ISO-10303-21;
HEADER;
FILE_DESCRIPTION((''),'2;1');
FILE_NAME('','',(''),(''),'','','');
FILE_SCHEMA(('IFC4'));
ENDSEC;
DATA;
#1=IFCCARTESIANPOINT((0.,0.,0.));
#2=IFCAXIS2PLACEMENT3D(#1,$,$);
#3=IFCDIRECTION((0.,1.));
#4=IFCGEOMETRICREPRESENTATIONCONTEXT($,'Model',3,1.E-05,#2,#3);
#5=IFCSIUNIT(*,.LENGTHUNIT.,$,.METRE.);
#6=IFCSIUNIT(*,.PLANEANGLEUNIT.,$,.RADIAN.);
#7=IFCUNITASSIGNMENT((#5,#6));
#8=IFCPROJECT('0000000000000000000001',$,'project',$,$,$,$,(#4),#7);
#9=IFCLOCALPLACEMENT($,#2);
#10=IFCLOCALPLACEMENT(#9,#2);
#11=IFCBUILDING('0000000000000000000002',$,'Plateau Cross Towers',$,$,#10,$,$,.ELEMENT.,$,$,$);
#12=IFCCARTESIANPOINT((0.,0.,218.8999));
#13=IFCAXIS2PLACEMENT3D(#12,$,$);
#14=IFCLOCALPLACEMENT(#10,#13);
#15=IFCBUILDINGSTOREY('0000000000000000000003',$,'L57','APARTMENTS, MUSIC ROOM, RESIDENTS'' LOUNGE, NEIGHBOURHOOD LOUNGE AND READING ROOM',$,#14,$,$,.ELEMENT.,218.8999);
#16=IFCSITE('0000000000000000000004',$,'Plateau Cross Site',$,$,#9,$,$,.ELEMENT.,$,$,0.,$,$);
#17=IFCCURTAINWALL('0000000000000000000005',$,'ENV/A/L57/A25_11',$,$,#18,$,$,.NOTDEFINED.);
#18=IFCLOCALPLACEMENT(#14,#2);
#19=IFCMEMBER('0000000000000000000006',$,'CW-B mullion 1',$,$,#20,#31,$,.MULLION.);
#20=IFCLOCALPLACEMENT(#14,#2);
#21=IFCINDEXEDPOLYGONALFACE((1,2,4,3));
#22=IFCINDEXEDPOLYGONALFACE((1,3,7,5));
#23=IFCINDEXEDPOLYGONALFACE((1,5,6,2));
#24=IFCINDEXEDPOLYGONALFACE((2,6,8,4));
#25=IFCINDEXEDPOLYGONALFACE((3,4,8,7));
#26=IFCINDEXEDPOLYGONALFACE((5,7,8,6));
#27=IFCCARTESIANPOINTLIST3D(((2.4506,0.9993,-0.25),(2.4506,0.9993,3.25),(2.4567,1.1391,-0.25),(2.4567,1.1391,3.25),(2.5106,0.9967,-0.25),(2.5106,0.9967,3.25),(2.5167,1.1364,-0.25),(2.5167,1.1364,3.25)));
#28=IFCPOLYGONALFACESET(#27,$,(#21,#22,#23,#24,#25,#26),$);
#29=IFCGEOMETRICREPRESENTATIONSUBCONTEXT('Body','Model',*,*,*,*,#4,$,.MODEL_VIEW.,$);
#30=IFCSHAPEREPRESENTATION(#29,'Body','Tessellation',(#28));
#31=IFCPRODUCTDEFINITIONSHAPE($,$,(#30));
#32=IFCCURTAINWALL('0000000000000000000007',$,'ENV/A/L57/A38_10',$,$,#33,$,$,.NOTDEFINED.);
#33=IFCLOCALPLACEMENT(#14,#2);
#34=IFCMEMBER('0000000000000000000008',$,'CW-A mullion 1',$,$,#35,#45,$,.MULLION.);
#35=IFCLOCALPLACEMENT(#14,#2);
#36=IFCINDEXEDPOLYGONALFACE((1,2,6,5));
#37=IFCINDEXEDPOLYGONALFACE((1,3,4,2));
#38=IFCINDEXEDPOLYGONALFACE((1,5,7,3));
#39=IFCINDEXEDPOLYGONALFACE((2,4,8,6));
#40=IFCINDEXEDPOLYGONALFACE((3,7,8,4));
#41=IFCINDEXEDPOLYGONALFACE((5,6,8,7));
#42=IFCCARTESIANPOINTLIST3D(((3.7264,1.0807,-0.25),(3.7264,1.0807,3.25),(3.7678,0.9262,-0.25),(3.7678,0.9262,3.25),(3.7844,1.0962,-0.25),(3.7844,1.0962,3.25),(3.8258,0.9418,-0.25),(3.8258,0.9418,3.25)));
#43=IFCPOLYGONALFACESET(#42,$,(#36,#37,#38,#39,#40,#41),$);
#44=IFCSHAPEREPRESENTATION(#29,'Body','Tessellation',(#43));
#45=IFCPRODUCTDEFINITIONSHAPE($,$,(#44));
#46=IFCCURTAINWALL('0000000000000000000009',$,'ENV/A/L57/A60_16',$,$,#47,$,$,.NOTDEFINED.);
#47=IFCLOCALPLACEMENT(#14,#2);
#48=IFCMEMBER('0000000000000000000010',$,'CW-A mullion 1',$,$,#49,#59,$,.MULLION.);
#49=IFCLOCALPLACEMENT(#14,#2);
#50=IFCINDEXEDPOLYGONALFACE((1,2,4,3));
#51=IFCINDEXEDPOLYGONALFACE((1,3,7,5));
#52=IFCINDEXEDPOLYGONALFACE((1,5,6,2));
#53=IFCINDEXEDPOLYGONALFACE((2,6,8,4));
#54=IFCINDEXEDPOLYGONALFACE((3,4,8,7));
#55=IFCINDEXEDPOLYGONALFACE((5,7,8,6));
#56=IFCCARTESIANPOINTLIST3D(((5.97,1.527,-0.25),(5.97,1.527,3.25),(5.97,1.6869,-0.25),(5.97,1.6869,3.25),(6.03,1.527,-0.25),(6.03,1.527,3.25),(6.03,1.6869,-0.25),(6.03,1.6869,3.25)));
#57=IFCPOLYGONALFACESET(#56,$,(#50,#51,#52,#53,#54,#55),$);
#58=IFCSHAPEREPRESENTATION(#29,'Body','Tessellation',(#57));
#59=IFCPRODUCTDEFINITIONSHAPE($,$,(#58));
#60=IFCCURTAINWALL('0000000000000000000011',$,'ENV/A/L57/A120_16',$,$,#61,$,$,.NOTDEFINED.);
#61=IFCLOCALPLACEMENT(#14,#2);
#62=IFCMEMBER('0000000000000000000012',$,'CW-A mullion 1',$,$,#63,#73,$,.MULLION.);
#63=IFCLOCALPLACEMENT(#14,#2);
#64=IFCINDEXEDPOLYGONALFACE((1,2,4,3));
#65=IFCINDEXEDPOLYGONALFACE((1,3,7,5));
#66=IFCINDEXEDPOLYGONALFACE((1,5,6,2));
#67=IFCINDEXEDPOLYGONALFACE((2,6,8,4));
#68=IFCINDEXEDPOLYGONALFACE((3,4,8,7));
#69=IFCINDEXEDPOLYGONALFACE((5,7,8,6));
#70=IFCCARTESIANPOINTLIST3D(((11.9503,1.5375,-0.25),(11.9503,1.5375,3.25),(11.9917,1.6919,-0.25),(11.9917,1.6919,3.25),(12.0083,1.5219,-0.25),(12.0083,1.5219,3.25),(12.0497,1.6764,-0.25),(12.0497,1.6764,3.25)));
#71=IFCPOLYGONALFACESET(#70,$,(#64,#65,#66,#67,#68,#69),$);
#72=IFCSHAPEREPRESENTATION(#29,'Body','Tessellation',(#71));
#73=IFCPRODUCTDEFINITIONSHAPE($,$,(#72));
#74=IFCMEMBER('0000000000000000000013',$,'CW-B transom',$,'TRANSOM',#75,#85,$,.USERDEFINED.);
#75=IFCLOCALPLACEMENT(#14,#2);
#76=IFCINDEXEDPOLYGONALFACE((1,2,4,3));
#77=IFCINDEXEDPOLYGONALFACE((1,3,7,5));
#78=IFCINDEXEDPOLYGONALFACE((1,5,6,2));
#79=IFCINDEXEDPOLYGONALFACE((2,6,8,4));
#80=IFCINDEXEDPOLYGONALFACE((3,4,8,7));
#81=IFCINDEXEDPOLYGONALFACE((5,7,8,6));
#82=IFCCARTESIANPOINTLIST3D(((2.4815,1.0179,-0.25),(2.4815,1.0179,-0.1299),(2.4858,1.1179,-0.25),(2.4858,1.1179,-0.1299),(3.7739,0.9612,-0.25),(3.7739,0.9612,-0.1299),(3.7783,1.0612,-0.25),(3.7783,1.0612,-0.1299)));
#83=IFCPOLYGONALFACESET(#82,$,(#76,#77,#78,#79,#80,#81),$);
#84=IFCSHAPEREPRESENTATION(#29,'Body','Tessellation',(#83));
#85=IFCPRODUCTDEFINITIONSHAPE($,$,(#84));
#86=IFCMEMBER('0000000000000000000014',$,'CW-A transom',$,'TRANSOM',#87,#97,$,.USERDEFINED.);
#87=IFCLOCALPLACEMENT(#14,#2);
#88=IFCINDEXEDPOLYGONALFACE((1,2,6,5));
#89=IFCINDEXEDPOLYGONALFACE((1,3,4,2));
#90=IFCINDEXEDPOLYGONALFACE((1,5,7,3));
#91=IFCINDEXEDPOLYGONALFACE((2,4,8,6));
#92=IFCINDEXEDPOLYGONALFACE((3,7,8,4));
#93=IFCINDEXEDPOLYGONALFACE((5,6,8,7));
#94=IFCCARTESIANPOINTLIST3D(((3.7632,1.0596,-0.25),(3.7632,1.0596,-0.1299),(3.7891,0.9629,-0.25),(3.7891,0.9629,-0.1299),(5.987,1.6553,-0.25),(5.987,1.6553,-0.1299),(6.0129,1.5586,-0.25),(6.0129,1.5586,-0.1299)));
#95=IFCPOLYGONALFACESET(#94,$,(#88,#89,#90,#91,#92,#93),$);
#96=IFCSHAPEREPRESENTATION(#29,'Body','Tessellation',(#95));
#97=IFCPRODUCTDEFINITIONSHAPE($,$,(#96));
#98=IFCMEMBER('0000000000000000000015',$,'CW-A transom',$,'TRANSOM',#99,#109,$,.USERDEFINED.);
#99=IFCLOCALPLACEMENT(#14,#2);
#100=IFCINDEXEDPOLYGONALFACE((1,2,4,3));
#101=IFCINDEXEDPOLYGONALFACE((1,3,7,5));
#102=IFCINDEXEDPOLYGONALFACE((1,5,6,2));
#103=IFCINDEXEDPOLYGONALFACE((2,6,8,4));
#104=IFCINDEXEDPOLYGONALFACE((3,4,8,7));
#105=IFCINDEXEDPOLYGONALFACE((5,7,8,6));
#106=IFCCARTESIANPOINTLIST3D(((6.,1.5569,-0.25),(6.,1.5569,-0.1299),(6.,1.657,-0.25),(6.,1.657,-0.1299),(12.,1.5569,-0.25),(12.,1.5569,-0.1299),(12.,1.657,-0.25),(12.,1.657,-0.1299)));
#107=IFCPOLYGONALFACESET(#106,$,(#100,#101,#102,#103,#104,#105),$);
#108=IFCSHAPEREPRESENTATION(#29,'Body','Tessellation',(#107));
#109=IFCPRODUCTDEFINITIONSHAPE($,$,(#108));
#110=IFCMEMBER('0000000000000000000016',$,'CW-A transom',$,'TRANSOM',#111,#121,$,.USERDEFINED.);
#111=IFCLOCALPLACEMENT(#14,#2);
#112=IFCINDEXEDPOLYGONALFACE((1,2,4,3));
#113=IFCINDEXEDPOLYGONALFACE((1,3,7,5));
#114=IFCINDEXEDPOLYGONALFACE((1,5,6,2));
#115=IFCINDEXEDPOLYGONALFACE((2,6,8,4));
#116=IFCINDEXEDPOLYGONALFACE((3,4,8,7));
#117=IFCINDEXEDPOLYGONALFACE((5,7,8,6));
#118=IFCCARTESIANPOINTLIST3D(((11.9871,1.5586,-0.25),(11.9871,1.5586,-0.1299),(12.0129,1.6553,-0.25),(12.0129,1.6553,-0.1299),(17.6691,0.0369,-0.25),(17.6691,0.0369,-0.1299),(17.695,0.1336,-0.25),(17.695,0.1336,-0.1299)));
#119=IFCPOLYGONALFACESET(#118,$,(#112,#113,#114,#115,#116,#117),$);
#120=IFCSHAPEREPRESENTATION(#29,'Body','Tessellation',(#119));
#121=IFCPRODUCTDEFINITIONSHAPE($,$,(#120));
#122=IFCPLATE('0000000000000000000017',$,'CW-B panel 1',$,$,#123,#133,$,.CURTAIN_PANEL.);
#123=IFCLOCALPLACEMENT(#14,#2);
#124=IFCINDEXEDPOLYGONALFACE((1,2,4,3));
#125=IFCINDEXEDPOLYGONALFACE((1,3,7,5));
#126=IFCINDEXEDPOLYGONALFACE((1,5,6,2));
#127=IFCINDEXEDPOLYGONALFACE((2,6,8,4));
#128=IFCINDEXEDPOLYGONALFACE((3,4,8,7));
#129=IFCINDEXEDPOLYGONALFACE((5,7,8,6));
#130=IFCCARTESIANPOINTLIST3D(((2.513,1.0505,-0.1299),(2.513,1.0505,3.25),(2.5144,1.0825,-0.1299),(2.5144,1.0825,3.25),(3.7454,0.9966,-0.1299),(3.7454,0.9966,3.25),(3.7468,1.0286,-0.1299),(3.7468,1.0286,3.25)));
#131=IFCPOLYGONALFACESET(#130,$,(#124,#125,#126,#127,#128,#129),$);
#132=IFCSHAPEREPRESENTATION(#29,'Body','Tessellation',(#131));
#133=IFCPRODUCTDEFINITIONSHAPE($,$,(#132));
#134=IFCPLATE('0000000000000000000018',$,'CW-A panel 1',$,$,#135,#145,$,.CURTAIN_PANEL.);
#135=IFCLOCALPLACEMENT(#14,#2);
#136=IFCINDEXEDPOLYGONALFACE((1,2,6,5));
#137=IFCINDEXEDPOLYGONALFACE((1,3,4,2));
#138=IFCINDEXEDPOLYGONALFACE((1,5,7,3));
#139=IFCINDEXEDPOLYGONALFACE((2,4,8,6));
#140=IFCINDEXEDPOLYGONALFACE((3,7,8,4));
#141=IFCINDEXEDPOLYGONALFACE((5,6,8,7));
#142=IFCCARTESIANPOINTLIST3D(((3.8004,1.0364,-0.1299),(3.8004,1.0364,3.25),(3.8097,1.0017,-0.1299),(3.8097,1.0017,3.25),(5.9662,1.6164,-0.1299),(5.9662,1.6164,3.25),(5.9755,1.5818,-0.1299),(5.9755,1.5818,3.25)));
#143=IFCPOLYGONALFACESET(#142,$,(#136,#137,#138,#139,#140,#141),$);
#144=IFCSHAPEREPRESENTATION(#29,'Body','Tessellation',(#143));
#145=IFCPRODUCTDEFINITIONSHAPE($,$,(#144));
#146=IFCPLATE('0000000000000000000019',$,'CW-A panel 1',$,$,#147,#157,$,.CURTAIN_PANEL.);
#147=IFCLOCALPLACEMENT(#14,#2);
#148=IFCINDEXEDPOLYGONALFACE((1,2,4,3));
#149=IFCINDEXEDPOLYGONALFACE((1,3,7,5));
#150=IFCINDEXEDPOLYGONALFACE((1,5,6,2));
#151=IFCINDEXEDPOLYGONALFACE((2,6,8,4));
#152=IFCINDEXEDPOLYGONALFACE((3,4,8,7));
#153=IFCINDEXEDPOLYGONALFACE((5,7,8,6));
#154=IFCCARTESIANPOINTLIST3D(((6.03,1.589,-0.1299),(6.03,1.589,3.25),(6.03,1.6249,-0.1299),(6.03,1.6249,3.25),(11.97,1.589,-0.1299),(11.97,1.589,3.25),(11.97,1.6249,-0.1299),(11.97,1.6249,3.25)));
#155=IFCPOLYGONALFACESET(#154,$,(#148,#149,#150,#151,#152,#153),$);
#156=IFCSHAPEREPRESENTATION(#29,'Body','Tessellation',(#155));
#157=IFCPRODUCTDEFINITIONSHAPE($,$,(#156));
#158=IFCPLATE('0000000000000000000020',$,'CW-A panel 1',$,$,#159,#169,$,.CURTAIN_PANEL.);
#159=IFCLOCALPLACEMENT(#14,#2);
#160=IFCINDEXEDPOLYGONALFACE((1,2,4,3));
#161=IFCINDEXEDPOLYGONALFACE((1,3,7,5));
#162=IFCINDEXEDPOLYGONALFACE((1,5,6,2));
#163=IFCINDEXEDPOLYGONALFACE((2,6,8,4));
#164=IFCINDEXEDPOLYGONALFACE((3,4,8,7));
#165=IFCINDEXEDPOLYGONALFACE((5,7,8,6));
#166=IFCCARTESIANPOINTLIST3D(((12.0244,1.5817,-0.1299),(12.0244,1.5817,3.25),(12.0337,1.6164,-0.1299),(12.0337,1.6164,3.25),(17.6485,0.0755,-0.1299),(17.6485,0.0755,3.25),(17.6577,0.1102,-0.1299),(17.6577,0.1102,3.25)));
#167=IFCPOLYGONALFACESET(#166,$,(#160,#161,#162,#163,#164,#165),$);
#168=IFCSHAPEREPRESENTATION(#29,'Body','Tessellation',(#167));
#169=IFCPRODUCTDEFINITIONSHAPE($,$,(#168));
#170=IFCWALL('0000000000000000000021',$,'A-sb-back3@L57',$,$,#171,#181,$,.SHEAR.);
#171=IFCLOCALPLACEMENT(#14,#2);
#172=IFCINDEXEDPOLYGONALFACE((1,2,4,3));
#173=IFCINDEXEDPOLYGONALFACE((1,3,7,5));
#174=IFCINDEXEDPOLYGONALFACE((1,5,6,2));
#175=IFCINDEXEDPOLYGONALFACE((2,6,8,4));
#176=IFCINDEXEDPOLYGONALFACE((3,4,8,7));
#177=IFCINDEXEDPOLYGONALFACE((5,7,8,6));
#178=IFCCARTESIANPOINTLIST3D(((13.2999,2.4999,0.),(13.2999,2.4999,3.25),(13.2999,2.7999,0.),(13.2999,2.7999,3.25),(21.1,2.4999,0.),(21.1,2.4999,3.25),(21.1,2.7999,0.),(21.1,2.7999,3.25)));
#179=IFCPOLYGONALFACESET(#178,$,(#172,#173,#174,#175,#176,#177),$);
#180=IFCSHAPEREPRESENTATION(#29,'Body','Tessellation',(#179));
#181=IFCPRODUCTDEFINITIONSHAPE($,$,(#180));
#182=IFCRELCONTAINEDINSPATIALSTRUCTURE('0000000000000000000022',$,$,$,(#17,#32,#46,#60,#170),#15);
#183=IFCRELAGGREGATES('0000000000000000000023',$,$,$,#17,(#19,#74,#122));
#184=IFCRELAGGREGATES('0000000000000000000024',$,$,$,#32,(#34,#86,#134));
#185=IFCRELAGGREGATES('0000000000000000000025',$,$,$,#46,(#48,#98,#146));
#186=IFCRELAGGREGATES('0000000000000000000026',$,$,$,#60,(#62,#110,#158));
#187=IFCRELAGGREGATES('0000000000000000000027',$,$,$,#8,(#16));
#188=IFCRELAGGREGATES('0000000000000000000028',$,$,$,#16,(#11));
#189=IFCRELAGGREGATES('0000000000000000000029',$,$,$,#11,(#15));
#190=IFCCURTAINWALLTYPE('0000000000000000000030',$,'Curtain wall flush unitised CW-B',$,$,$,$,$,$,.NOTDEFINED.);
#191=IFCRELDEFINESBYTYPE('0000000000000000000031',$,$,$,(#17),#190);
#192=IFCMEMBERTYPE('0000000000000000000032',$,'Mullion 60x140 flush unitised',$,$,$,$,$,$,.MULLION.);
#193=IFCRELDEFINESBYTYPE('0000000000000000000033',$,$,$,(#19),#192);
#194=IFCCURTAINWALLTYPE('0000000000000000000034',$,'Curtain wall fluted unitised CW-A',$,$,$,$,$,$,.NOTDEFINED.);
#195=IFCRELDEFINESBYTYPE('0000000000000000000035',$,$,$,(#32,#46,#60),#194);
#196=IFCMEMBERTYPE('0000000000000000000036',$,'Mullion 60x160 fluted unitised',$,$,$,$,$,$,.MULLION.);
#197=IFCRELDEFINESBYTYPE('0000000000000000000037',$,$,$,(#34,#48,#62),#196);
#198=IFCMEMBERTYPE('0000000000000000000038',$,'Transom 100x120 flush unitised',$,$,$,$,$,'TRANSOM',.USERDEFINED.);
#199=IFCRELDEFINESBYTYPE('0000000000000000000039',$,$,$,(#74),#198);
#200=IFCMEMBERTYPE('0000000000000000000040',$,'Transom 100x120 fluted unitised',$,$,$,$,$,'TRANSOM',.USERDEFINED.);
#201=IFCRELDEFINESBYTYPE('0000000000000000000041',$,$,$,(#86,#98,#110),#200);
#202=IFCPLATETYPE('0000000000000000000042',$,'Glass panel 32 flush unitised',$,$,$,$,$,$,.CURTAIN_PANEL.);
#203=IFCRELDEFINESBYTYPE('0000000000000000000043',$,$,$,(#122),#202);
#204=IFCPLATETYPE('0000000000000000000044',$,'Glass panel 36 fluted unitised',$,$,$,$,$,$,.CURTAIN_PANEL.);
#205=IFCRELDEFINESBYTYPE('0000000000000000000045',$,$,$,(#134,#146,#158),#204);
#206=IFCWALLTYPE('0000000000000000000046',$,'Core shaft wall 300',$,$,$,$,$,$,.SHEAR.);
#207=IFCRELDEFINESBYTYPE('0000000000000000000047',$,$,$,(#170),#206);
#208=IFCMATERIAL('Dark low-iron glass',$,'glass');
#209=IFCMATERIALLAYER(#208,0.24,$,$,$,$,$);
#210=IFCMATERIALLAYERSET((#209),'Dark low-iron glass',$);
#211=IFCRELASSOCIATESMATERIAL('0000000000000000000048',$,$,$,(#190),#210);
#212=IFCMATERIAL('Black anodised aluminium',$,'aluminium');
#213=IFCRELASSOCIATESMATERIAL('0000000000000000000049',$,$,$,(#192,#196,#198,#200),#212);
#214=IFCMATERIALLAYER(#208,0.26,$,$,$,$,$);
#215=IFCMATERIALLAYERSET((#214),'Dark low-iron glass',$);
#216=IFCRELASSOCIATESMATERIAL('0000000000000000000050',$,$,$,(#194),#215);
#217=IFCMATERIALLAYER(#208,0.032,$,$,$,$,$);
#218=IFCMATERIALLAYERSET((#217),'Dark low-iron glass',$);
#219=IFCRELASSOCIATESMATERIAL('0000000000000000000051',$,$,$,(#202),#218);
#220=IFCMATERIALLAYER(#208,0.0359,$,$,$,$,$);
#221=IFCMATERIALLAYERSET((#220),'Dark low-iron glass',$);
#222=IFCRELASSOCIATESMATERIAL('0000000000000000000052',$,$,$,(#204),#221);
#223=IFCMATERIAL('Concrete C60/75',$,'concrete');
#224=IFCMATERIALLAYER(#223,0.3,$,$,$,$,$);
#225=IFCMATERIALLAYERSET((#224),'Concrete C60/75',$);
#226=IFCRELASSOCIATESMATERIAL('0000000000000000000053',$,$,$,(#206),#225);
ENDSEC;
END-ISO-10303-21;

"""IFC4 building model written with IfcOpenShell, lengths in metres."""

from ifc_helpers import new_model, si_unit, direction, frame, frame_2d, origin, origin_2d, place, context, subcontext, project, spatial, rectangle, extrude, material, layer, layer_set, material_profile, profile_set, type_object, element, aggregate, save


model = new_model("IFC4")

# Units and contexts
model_context = context("Model", 3, precision=1e-05, world=origin(), true_north=direction((0.0, 1.0)))
body_context = subcontext(model_context, "Body", "Model", "MODEL_VIEW")
ifc_project = project(units=[si_unit("LENGTHUNIT", "METRE"), si_unit("PLANEANGLEUNIT", "RADIAN")], contexts=[model_context])

# Site, building, storey
site_placement = place(None, origin())
site = spatial("IfcSite", under=ifc_project, at=site_placement, Name="Plateau Cross Site", CompositionType="ELEMENT", RefElevation=0.0)
building_placement = place(site_placement, origin())
building = spatial("IfcBuilding", under=site, at=building_placement, Name="Plateau Cross Towers", CompositionType="ELEMENT")
storey_placement = place(building_placement, frame((0.0, 0.0, 218.8999)))
storey = spatial("IfcBuildingStorey", under=building, at=storey_placement, Name="L57", Description="APARTMENTS, MUSIC ROOM, RESIDENTS' LOUNGE, NEIGHBOURHOOD LOUNGE AND READING ROOM", CompositionType="ELEMENT", Elevation=218.8999)

# Curtain walls, members
ifc_material_1 = material(Name="Dark low-iron glass", Category="glass")
ifc_layer_1 = layer(ifc_material_1, 0.24)
ifc_layer_set_1 = layer_set([ifc_layer_1], Name="Dark low-iron glass")
curtain_wall_type_1 = type_object("IfcCurtainWallType", Name="Curtain wall flush unitised CW-B", PredefinedType="NOTDEFINED", material=ifc_layer_set_1)
curtain_wall_1_placement = place(storey_placement, origin())
curtain_wall_1 = element("IfcCurtainWall", 1, at=curtain_wall_1_placement, inside=storey, type_object=curtain_wall_type_1, Name="ENV/A/L57/A25_11", PredefinedType="NOTDEFINED")
ifc_material_2 = material(Name="Black anodised aluminium", Category="aluminium")
ifc_material_profile_1 = material_profile(ifc_material_2, rectangle(XDim=0.0601, YDim=0.1399, at=origin_2d()), Name="MULLION 60x140")
ifc_profile_set_1 = profile_set([ifc_material_profile_1], Name="Black anodised aluminium")
member_type_1 = type_object("IfcMemberType", Name="Mullion 60x140 flush unitised", PredefinedType="MULLION", material=ifc_profile_set_1)
member_1_placement = place(storey_placement, frame((2.4836, 1.0679, -0.25), z_axis=(0.0, 0.0, 1.0), x_axis=(0.999044, -0.043723, 0.0)))
member_1 = element("IfcMember", 2, at=member_1_placement, type_object=member_type_1, Name="CW-B mullion 1", PredefinedType="MULLION", context=body_context, shape_type="SweptSolid", body=[
    extrude(rectangle(XDim=0.0601, YDim=0.1399, at=origin_2d()), origin(), (0.0, 0.0, 1.0), 3.5),
])
ifc_layer_2 = layer(ifc_material_1, 0.26)
ifc_layer_set_2 = layer_set([ifc_layer_2], Name="Dark low-iron glass")
curtain_wall_type_2 = type_object("IfcCurtainWallType", Name="Curtain wall fluted unitised CW-A", PredefinedType="NOTDEFINED", material=ifc_layer_set_2)
curtain_wall_2_placement = place(storey_placement, origin())
curtain_wall_2 = element("IfcCurtainWall", 3, at=curtain_wall_2_placement, inside=storey, type_object=curtain_wall_type_2, Name="ENV/A/L57/A38_10", PredefinedType="NOTDEFINED")
ifc_material_profile_2 = material_profile(ifc_material_2, rectangle(XDim=0.0601, YDim=0.1599, at=origin_2d()), Name="MULLION 60x160")
ifc_profile_set_2 = profile_set([ifc_material_profile_2], Name="Black anodised aluminium")
member_type_2 = type_object("IfcMemberType", Name="Mullion 60x160 fluted unitised", PredefinedType="MULLION", material=ifc_profile_set_2)
member_2_placement = place(storey_placement, frame((3.7761, 1.0112, -0.25), z_axis=(0.0, 0.0, 1.0), x_axis=(0.965958, 0.258699, 0.0)))
member_2 = element("IfcMember", 4, at=member_2_placement, type_object=member_type_2, Name="CW-A mullion 1", PredefinedType="MULLION", context=body_context, shape_type="SweptSolid", body=[
    extrude(rectangle(XDim=0.0601, YDim=0.1599, at=origin_2d()), origin(), (0.0, 0.0, 1.0), 3.5),
])
curtain_wall_3_placement = place(storey_placement, origin())
curtain_wall_3 = element("IfcCurtainWall", 5, at=curtain_wall_3_placement, inside=storey, type_object=curtain_wall_type_2, Name="ENV/A/L57/A60_16", PredefinedType="NOTDEFINED")
member_3_placement = place(storey_placement, frame((6.0, 1.6069, -0.25), z_axis=(0.0, 0.0, 1.0), x_axis=(1.0, 0.0, 0.0)))
member_3 = element("IfcMember", 6, at=member_3_placement, type_object=member_type_2, Name="CW-A mullion 1", PredefinedType="MULLION", context=body_context, shape_type="SweptSolid", body=[
    extrude(rectangle(XDim=0.0601, YDim=0.1599, at=origin_2d()), origin(), (0.0, 0.0, 1.0), 3.5),
])
curtain_wall_4_placement = place(storey_placement, origin())
curtain_wall_4 = element("IfcCurtainWall", 7, at=curtain_wall_4_placement, inside=storey, type_object=curtain_wall_type_2, Name="ENV/A/L57/A120_16", PredefinedType="NOTDEFINED")
member_4_placement = place(storey_placement, frame((12.0, 1.6069, -0.25), z_axis=(0.0, 0.0, 1.0), x_axis=(0.965958, -0.258699, 0.0)))
member_4 = element("IfcMember", 8, at=member_4_placement, type_object=member_type_2, Name="CW-A mullion 1", PredefinedType="MULLION", context=body_context, shape_type="SweptSolid", body=[
    extrude(rectangle(XDim=0.0601, YDim=0.1599, at=origin_2d()), origin(), (0.0, 0.0, 1.0), 3.5),
])

# Members
ifc_material_profile_3 = material_profile(ifc_material_2, rectangle(XDim=0.1001, YDim=0.1201, at=origin_2d()), Name="TRANSOM 100x120")
ifc_profile_set_3 = profile_set([ifc_material_profile_3], Name="Black anodised aluminium")
member_type_3 = type_object("IfcMemberType", Name="Transom 100x120 flush unitised", ElementType="TRANSOM", PredefinedType="USERDEFINED", material=ifc_profile_set_3)
member_5_placement = place(storey_placement, frame((2.4836, 1.0679, -0.1899), z_axis=(0.999041, -0.043781, 0.0), x_axis=(0.043781, 0.999041, 0.0)))
member_5 = element("IfcMember", 9, at=member_5_placement, type_object=member_type_3, Name="CW-B transom", ObjectType="TRANSOM", PredefinedType="USERDEFINED", context=body_context, shape_type="SweptSolid", body=[
    extrude(rectangle(XDim=0.1001, YDim=0.1201, at=origin_2d()), origin(), (0.0, 0.0, 1.0), 1.2937),
])
ifc_material_profile_4 = material_profile(ifc_material_2, rectangle(XDim=0.1001, YDim=0.1201, at=origin_2d()), Name="TRANSOM 100x120")
ifc_profile_set_4 = profile_set([ifc_material_profile_4], Name="Black anodised aluminium")
member_type_4 = type_object("IfcMemberType", Name="Transom 100x120 fluted unitised", ElementType="TRANSOM", PredefinedType="USERDEFINED", material=ifc_profile_set_4)
member_6_placement = place(storey_placement, frame((3.7761, 1.0112, -0.1899), z_axis=(0.965946, 0.258745, 0.0), x_axis=(-0.258745, 0.965946, 0.0)))
member_6 = element("IfcMember", 10, at=member_6_placement, type_object=member_type_4, Name="CW-A transom", ObjectType="TRANSOM", PredefinedType="USERDEFINED", context=body_context, shape_type="SweptSolid", body=[
    extrude(rectangle(XDim=0.1001, YDim=0.1201, at=origin_2d()), origin(), (0.0, 0.0, 1.0), 2.3022),
])
member_7_placement = place(storey_placement, frame((6.0, 1.6069, -0.1899), z_axis=(1.0, 0.0, 0.0), x_axis=(0.0, 1.0, 0.0)))
member_7 = element("IfcMember", 11, at=member_7_placement, type_object=member_type_4, Name="CW-A transom", ObjectType="TRANSOM", PredefinedType="USERDEFINED", context=body_context, shape_type="SweptSolid", body=[
    extrude(rectangle(XDim=0.1001, YDim=0.1201, at=origin_2d()), origin(), (0.0, 0.0, 1.0), 6.0),
])
member_8_placement = place(storey_placement, frame((12.0, 1.6069, -0.1899), z_axis=(0.96596, -0.258693, 0.0), x_axis=(0.258693, 0.96596, 0.0)))
member_8 = element("IfcMember", 12, at=member_8_placement, type_object=member_type_4, Name="CW-A transom", ObjectType="TRANSOM", PredefinedType="USERDEFINED", context=body_context, shape_type="SweptSolid", body=[
    extrude(rectangle(XDim=0.1001, YDim=0.1201, at=origin_2d()), origin(), (0.0, 0.0, 1.0), 5.8823),
])

# Plates
ifc_layer_3 = layer(ifc_material_1, 0.032)
ifc_layer_set_3 = layer_set([ifc_layer_3], Name="Dark low-iron glass")
plate_type_1 = type_object("IfcPlateType", Name="Glass panel 32 flush unitised", PredefinedType="CURTAIN_PANEL", material=ifc_layer_set_3)
plate_1_placement = place(storey_placement, frame((3.1299, 1.0396, -0.1299), z_axis=(0.0, 0.0, 1.0), x_axis=(0.999044, -0.043723, 0.0)))
plate_1 = element("IfcPlate", 13, at=plate_1_placement, type_object=plate_type_1, Name="CW-B panel 1", PredefinedType="CURTAIN_PANEL", context=body_context, shape_type="SweptSolid", body=[
    extrude(rectangle(XDim=1.2336, YDim=0.032, at=origin_2d()), origin(), (0.0, 0.0, 1.0), 3.3799),
])
aggregate(curtain_wall_1, [member_1, member_5, plate_1])
ifc_layer_4 = layer(ifc_material_1, 0.0359)
ifc_layer_set_4 = layer_set([ifc_layer_4], Name="Dark low-iron glass")
plate_type_2 = type_object("IfcPlateType", Name="Glass panel 36 fluted unitised", PredefinedType="CURTAIN_PANEL", material=ifc_layer_set_4)
plate_2_placement = place(storey_placement, frame((4.8879, 1.3091, -0.1299), z_axis=(0.0, 0.0, 1.0), x_axis=(0.965958, 0.258699, 0.0)))
plate_2 = element("IfcPlate", 14, at=plate_2_placement, type_object=plate_type_2, Name="CW-A panel 1", PredefinedType="CURTAIN_PANEL", context=body_context, shape_type="SweptSolid", body=[
    extrude(rectangle(XDim=2.2422, YDim=0.0359, at=origin_2d()), origin(), (0.0, 0.0, 1.0), 3.3799),
])
aggregate(curtain_wall_2, [member_2, member_6, plate_2])
plate_3_placement = place(storey_placement, frame((9.0, 1.6069, -0.1299), z_axis=(0.0, 0.0, 1.0), x_axis=(1.0, 0.0, 0.0)))
plate_3 = element("IfcPlate", 15, at=plate_3_placement, type_object=plate_type_2, Name="CW-A panel 1", PredefinedType="CURTAIN_PANEL", context=body_context, shape_type="SweptSolid", body=[
    extrude(rectangle(XDim=5.9399, YDim=0.0359, at=origin_2d()), origin(), (0.0, 0.0, 1.0), 3.3799),
])
aggregate(curtain_wall_3, [member_3, member_7, plate_3])
plate_4_placement = place(storey_placement, frame((14.8411, 0.8459, -0.1299), z_axis=(0.0, 0.0, 1.0), x_axis=(0.965958, -0.258699, 0.0)))
plate_4 = element("IfcPlate", 16, at=plate_4_placement, type_object=plate_type_2, Name="CW-A panel 1", PredefinedType="CURTAIN_PANEL", context=body_context, shape_type="SweptSolid", body=[
    extrude(rectangle(XDim=5.8223, YDim=0.0359, at=origin_2d()), origin(), (0.0, 0.0, 1.0), 3.3799),
])
aggregate(curtain_wall_4, [member_4, member_8, plate_4])

# Wall
ifc_material_3 = material(Name="Concrete C60/75", Category="concrete")
ifc_layer_5 = layer(ifc_material_3, 0.3)
ifc_layer_set_5 = layer_set([ifc_layer_5], Name="Concrete C60/75")
wall_type_1 = type_object("IfcWallType", Name="Core shaft wall 300", PredefinedType="SHEAR", material=ifc_layer_set_5)
wall_1_placement = place(storey_placement, frame((13.3, 2.6499, 0.0), z_axis=(0.0, 0.0, 1.0), x_axis=(1.0, 0.0, 0.0)))
element("IfcWall", 17, at=wall_1_placement, inside=storey, type_object=wall_type_1, Name="A-sb-back3@L57", PredefinedType="SHEAR", context=body_context, shape_type="SweptSolid", body=[
    extrude(rectangle(XDim=7.8, YDim=0.3, at=frame_2d((3.8999, 0.0))), origin(), (0.0, 0.0, 1.0), 3.25),
])

save(model, "model.ifc")
